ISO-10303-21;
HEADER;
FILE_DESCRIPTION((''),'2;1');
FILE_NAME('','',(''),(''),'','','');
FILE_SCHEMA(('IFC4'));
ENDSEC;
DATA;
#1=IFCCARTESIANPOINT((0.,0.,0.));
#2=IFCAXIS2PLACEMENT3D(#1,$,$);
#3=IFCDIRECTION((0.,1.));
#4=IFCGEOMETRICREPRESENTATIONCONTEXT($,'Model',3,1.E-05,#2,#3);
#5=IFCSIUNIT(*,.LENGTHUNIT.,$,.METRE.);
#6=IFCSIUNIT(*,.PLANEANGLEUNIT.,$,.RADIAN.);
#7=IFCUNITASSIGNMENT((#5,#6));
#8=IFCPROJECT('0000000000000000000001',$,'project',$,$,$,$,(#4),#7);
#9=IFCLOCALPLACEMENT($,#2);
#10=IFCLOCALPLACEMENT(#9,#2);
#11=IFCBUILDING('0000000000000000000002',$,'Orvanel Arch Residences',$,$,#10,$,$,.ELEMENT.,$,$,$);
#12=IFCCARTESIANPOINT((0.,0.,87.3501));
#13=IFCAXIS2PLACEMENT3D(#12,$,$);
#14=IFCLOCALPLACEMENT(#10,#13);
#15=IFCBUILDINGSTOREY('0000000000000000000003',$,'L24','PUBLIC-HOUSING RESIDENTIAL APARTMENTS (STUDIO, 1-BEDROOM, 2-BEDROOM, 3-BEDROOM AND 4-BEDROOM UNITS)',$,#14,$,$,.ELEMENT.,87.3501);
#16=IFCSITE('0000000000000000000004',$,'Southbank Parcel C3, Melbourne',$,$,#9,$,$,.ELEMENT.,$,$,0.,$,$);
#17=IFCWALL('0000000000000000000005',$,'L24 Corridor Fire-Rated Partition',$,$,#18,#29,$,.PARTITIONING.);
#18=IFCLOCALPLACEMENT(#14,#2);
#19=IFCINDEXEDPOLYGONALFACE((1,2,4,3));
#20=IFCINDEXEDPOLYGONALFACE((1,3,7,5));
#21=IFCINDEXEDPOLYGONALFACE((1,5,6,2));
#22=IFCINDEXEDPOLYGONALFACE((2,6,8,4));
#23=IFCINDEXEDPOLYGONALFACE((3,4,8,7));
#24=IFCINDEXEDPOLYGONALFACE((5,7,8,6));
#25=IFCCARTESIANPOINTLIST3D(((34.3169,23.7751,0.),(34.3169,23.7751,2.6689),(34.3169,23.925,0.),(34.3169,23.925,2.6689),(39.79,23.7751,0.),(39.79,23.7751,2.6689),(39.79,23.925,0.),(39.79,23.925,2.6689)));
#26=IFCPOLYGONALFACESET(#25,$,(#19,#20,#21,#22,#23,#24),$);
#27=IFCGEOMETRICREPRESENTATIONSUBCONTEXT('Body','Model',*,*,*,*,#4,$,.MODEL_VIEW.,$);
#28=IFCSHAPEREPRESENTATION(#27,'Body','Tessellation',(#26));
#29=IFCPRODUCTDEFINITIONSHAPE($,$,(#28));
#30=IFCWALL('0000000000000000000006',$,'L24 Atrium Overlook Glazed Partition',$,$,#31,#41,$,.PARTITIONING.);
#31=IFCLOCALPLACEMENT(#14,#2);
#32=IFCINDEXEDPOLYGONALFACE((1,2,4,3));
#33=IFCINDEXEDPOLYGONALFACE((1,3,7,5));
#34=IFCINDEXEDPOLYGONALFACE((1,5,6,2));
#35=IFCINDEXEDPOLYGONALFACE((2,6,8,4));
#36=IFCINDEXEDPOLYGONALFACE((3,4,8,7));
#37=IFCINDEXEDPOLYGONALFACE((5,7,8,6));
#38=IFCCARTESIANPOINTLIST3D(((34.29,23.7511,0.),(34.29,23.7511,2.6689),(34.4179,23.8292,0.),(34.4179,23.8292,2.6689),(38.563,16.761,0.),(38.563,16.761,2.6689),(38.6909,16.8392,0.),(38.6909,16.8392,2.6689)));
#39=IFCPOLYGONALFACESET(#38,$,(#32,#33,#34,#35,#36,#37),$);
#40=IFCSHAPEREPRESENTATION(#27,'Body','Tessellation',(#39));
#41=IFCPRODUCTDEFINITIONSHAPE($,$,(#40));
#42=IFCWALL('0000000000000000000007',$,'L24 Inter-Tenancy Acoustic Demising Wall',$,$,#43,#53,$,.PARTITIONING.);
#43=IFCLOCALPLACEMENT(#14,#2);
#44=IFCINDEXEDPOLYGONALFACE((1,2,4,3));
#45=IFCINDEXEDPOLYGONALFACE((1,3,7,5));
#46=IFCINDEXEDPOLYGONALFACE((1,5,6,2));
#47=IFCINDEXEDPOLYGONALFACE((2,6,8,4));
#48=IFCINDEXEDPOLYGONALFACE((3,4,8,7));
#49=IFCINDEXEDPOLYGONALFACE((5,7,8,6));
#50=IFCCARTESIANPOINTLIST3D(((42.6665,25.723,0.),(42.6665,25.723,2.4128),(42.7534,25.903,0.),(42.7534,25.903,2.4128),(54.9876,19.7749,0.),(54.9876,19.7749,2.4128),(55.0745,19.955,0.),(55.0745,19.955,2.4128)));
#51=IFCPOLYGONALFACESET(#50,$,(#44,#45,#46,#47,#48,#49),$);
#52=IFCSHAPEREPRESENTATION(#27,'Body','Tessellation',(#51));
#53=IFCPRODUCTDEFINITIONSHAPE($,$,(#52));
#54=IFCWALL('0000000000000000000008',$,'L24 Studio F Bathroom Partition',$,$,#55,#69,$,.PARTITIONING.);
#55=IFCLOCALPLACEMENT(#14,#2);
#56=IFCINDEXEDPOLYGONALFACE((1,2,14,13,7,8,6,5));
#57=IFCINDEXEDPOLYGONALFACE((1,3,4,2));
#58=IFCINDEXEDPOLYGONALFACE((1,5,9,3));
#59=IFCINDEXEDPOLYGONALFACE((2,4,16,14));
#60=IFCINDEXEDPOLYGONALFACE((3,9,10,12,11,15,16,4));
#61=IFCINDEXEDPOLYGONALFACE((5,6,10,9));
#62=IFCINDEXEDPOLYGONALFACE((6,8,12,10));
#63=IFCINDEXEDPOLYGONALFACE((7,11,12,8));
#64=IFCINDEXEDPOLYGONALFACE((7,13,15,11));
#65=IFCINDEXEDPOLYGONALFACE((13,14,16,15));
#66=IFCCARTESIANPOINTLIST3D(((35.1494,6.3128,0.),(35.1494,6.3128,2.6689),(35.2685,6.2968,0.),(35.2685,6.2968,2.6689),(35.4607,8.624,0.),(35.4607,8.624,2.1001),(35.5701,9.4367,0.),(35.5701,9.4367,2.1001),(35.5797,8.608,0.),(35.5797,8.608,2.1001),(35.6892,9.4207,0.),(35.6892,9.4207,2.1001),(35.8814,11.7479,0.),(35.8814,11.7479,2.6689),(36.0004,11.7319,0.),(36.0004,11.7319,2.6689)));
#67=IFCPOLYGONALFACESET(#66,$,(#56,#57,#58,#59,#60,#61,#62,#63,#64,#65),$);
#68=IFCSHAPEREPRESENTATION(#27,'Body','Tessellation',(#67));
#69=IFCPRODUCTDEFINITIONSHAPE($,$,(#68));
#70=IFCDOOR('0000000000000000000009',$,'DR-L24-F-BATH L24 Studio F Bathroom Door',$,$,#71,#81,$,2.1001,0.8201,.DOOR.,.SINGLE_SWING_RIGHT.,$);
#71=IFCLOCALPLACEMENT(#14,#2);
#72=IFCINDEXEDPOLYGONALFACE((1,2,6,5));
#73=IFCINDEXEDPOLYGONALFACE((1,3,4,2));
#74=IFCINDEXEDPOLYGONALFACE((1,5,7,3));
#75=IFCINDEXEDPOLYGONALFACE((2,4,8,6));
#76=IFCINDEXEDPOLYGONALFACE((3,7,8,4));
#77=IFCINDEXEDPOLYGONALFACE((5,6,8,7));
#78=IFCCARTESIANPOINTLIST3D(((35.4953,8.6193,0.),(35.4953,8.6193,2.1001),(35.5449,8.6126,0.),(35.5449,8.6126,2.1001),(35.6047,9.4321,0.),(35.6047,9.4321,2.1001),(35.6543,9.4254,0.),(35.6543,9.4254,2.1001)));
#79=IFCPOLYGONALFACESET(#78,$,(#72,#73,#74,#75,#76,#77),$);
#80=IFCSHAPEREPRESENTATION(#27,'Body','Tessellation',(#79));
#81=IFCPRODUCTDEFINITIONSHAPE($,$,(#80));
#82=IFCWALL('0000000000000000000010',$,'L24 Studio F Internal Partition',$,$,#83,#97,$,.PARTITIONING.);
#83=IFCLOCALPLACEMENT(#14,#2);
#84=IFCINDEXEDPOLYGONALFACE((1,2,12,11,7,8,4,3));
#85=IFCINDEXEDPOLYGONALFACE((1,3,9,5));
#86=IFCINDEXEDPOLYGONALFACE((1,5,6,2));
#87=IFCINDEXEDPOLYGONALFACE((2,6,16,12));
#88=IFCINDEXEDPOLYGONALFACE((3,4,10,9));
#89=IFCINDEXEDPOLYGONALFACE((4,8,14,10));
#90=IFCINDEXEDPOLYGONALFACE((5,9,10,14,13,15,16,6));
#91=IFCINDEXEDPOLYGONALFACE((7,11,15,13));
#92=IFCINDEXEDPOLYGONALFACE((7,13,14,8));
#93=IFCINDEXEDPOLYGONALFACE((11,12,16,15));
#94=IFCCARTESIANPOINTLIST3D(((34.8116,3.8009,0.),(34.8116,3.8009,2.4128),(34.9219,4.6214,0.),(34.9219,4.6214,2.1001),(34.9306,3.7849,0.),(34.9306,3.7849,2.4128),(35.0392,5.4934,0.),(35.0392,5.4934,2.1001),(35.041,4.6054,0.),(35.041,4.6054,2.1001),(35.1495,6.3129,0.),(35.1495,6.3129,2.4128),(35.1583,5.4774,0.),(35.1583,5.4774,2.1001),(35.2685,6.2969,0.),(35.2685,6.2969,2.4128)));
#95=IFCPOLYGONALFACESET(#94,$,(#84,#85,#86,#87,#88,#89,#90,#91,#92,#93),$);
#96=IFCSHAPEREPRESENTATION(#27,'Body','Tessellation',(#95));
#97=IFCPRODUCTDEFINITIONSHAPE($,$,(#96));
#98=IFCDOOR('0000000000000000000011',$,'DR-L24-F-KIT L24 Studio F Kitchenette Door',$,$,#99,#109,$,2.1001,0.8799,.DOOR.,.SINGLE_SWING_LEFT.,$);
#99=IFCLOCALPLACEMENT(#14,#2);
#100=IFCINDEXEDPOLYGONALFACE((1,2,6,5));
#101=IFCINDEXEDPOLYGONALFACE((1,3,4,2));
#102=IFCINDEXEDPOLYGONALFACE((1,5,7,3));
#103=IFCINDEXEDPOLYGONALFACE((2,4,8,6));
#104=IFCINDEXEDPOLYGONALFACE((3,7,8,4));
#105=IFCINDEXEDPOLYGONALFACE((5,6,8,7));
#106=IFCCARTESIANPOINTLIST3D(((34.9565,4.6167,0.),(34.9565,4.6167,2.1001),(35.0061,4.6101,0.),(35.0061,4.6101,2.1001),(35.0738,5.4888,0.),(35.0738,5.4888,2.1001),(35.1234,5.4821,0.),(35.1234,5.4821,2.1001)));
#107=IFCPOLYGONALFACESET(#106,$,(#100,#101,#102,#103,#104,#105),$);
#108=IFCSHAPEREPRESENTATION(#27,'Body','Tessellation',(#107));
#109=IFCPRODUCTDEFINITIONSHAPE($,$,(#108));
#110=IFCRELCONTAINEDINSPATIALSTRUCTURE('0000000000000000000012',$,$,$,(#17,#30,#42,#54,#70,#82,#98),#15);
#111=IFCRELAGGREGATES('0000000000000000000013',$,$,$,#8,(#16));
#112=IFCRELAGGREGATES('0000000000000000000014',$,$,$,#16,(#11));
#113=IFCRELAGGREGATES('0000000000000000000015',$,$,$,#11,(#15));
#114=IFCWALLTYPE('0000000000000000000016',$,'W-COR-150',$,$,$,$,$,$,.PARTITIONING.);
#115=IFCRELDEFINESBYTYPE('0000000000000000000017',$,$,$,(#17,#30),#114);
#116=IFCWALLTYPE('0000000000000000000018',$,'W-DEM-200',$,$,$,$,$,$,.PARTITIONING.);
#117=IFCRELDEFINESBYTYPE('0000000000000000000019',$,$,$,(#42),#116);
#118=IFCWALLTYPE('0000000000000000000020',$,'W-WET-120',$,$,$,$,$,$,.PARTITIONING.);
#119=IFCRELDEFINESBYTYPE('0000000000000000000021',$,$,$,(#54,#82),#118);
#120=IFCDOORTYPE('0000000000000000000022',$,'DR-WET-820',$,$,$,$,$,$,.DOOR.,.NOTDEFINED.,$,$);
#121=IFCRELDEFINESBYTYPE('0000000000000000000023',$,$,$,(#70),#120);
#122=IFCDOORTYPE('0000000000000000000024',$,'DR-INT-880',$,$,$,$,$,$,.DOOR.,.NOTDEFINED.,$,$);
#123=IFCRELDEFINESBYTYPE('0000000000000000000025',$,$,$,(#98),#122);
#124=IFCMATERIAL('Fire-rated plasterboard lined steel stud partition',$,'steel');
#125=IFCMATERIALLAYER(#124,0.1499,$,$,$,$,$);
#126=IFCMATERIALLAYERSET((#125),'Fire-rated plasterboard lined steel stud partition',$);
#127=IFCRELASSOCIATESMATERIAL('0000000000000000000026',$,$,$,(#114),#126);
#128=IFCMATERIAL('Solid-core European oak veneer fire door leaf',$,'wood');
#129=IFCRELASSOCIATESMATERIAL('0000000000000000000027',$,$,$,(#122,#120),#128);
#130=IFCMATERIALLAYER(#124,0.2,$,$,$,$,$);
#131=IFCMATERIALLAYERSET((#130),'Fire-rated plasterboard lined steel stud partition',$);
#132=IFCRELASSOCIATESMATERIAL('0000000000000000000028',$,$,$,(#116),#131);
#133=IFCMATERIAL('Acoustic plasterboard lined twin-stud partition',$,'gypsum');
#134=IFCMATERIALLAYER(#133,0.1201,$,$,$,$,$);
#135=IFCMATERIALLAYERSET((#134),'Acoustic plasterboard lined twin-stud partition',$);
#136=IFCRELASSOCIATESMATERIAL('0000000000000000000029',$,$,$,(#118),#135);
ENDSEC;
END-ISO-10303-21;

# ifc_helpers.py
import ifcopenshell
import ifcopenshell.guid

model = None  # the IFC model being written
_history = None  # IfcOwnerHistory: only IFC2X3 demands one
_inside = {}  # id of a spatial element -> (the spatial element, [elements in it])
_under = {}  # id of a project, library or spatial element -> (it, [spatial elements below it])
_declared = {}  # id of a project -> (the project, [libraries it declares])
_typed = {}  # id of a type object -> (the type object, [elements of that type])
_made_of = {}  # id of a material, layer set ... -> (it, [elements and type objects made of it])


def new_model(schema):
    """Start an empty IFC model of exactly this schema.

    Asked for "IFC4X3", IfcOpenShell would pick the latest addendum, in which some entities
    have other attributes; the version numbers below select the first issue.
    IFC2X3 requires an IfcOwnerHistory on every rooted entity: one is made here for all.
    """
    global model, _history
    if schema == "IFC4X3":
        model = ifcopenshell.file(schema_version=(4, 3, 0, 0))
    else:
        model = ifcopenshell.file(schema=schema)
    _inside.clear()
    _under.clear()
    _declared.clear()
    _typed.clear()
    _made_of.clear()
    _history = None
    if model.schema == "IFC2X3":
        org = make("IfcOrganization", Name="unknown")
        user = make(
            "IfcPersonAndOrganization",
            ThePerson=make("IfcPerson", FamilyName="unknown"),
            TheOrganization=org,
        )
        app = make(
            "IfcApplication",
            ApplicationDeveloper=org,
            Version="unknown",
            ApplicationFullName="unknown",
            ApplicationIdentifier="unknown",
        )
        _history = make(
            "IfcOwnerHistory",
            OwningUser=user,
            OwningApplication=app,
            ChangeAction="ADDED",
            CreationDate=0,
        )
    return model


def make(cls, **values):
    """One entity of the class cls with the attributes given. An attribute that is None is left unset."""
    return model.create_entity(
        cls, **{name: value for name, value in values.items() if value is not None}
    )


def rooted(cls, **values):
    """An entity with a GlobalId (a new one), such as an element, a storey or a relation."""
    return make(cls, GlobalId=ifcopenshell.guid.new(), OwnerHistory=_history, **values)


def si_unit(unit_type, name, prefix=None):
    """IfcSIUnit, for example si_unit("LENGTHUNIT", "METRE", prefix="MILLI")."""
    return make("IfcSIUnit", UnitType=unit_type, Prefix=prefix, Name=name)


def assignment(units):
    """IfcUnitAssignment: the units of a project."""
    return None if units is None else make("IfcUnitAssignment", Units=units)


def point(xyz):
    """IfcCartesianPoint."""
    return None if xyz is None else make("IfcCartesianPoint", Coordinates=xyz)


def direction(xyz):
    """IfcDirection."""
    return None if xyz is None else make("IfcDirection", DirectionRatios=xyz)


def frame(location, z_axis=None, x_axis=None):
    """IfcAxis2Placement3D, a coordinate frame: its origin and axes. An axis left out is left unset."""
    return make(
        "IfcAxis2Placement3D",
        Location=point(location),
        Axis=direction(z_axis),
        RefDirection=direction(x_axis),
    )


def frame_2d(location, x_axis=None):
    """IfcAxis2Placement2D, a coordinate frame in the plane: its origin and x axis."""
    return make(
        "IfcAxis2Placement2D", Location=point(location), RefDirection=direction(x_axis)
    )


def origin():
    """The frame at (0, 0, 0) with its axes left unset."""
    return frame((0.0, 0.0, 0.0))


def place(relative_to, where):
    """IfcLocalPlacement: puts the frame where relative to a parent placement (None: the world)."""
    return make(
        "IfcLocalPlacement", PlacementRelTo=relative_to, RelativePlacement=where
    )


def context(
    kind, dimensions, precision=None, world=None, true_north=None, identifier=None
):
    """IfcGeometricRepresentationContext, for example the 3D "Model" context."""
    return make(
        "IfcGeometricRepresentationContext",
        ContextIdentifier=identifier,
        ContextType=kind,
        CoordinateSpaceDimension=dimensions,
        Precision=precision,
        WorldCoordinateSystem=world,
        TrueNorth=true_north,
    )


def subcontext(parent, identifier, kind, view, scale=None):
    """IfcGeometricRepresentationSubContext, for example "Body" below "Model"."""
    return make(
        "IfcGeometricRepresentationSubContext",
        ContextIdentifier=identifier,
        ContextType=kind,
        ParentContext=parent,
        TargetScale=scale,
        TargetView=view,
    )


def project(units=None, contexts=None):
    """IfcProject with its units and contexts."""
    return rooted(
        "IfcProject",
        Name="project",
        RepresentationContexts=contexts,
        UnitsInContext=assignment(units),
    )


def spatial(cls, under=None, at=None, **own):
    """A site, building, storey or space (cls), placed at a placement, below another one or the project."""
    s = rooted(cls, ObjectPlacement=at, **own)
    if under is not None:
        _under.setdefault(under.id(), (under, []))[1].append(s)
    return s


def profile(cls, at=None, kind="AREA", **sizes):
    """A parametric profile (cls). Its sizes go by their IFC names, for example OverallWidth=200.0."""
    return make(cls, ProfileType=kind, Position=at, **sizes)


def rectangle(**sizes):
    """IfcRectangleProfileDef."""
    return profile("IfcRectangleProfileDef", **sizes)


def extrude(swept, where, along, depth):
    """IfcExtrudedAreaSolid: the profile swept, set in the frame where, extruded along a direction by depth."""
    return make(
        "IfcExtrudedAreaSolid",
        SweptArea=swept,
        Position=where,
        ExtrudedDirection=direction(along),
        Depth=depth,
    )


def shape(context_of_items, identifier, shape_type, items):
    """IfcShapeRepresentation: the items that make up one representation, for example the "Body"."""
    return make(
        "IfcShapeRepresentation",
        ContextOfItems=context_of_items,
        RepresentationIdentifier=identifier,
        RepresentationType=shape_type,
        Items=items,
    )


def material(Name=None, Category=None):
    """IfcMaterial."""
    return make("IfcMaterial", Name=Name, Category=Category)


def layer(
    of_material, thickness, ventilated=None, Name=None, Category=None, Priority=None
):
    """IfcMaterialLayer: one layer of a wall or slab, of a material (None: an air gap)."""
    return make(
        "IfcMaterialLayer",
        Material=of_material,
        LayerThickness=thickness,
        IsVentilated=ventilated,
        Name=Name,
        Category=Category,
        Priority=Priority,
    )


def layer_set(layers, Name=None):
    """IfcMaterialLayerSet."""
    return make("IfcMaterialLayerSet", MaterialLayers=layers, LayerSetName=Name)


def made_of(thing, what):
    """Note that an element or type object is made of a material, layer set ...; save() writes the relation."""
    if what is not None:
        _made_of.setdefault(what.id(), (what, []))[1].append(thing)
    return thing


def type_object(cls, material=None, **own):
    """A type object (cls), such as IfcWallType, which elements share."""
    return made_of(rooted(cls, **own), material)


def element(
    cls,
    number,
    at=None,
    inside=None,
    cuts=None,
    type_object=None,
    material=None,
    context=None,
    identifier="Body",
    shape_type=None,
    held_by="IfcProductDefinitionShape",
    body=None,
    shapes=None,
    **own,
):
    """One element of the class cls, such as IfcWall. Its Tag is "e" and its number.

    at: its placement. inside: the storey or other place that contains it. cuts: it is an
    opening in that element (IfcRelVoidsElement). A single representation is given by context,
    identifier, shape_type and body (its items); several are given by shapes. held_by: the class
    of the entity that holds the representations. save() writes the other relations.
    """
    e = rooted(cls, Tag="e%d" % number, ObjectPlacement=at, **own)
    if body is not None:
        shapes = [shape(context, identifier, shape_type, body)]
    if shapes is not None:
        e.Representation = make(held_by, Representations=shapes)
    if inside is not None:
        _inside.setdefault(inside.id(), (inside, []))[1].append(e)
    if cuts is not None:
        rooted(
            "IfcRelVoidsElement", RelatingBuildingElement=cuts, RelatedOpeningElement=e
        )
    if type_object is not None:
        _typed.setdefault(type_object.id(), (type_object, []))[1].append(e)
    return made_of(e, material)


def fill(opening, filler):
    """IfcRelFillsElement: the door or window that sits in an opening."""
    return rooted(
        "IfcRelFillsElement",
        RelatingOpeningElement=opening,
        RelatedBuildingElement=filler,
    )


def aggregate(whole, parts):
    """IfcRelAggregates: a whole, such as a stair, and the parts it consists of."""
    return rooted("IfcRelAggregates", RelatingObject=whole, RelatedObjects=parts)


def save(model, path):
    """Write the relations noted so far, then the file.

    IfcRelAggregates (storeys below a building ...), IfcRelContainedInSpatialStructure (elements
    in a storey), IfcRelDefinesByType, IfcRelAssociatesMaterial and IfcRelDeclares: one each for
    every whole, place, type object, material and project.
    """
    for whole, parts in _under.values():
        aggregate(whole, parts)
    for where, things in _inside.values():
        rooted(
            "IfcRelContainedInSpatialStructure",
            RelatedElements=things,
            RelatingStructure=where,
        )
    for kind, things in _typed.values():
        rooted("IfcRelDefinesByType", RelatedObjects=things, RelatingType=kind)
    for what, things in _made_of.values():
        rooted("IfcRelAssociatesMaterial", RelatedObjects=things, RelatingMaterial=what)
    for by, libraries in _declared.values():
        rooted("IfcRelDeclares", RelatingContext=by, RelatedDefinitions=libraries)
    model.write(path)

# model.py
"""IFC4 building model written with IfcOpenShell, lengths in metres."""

from ifc_helpers import new_model, si_unit, direction, frame, frame_2d, origin, place, context, subcontext, project, spatial, rectangle, extrude, material, layer, layer_set, type_object, element, fill, save


model = new_model("IFC4")

# Units and contexts
model_context = context("Model", 3, precision=1e-05, world=origin(), true_north=direction((0.0, 1.0)))
body_context = subcontext(model_context, "Body", "Model", "MODEL_VIEW")
ifc_project = project(units=[si_unit("LENGTHUNIT", "METRE"), si_unit("PLANEANGLEUNIT", "RADIAN")], contexts=[model_context])

# Site, building, storey
site_placement = place(None, origin())
site = spatial("IfcSite", under=ifc_project, at=site_placement, Name="Southbank Parcel C3, Melbourne", CompositionType="ELEMENT", RefElevation=0.0)
building_placement = place(site_placement, origin())
building = spatial("IfcBuilding", under=site, at=building_placement, Name="Orvanel Arch Residences", CompositionType="ELEMENT")
storey_placement = place(building_placement, frame((0.0, 0.0, 87.3501)))
storey = spatial("IfcBuildingStorey", under=building, at=storey_placement, Name="L24", Description="PUBLIC-HOUSING RESIDENTIAL APARTMENTS (STUDIO, 1-BEDROOM, 2-BEDROOM, 3-BEDROOM AND 4-BEDROOM UNITS)", CompositionType="ELEMENT", Elevation=87.3501)

# Shared definitions
ifc_material_1 = material(Name="Fire-rated plasterboard lined steel stud partition", Category="steel")
ifc_layer_1 = layer(ifc_material_1, 0.1499)
ifc_layer_set_1 = layer_set([ifc_layer_1], Name="Fire-rated plasterboard lined steel stud partition")
wall_type_1 = type_object("IfcWallType", Name="W-COR-150", PredefinedType="PARTITIONING", material=ifc_layer_set_1)
ifc_material_2 = material(Name="Solid-core European oak veneer fire door leaf", Category="wood")

# Shared definitions
door_type_1 = type_object("IfcDoorType", Name="DR-INT-880", OperationType="NOTDEFINED", PredefinedType="DOOR", material=ifc_material_2)

# Walls
wall_1_placement = place(storey_placement, frame((39.79, 23.8501, 0.0), z_axis=(0.0, 0.0, 1.0), x_axis=(-1.0, 0.0, 0.0)))
element("IfcWall", 1, at=wall_1_placement, inside=storey, type_object=wall_type_1, Name="L24 Corridor Fire-Rated Partition", PredefinedType="PARTITIONING", context=body_context, shape_type="SweptSolid", body=[
    extrude(rectangle(XDim=5.4731, YDim=0.1499, at=frame_2d((2.7366, 0.0))), origin(), (0.0, 0.0, 1.0), 2.6689),
])
wall_2_placement = place(storey_placement, frame((34.354, 23.79, 0.0), z_axis=(0.0, 0.0, 1.0), x_axis=(0.521565, -0.853212, 0.0)))
element("IfcWall", 2, at=wall_2_placement, inside=storey, type_object=wall_type_1, Name="L24 Atrium Overlook Glazed Partition", PredefinedType="PARTITIONING", context=body_context, shape_type="SweptSolid", body=[
    extrude(rectangle(XDim=8.1926, YDim=0.1499, at=frame_2d((4.0962, 0.0))), origin(), (0.0, 0.0, 1.0), 2.6689),
])
ifc_layer_2 = layer(ifc_material_1, 0.2)
ifc_layer_set_2 = layer_set([ifc_layer_2], Name="Fire-rated plasterboard lined steel stud partition")
wall_type_2 = type_object("IfcWallType", Name="W-DEM-200", PredefinedType="PARTITIONING", material=ifc_layer_set_2)
wall_3_placement = place(storey_placement, frame((42.71, 25.813, 0.0), z_axis=(0.0, 0.0, 1.0), x_axis=(0.900554, -0.434744, 0.0)))
element("IfcWall", 3, at=wall_3_placement, inside=storey, type_object=wall_type_2, Name="L24 Inter-Tenancy Acoustic Demising Wall", PredefinedType="PARTITIONING", context=body_context, shape_type="SweptSolid", body=[
    extrude(rectangle(XDim=13.6816, YDim=0.2, at=frame_2d((6.8408, 0.0))), origin(), (0.0, 0.0, 1.0), 2.4128),
])

# Walls, openings, doors
ifc_material_3 = material(Name="Acoustic plasterboard lined twin-stud partition", Category="gypsum")
ifc_layer_3 = layer(ifc_material_3, 0.1201)
ifc_layer_set_3 = layer_set([ifc_layer_3], Name="Acoustic plasterboard lined twin-stud partition")
wall_type_3 = type_object("IfcWallType", Name="W-WET-120", PredefinedType="PARTITIONING", material=ifc_layer_set_3)
wall_4_placement = place(storey_placement, frame((35.9409, 11.74, 0.0), z_axis=(0.0, 0.0, 1.0), x_axis=(-0.133464, -0.991054, 0.0)))
wall_4 = element("IfcWall", 4, at=wall_4_placement, inside=storey, type_object=wall_type_3, Name="L24 Studio F Bathroom Partition", PredefinedType="PARTITIONING", context=body_context, shape_type="SweptSolid", body=[
    extrude(rectangle(XDim=5.4841, YDim=0.1201, at=frame_2d((2.7422, 0.0))), origin(), (0.0, 0.0, 1.0), 2.6689),
])
opening_1_placement = place(wall_4_placement, frame((2.332, 0.0, 0.0)))
opening_1 = element("IfcOpeningElement", 5, at=opening_1_placement, cuts=wall_4, PredefinedType="OPENING", context=body_context, shape_type="SweptSolid", body=[
    extrude(rectangle(XDim=0.8201, YDim=2.1001, at=frame_2d((0.4102, 1.05))), frame((0.0, 0.0701, 0.0), z_axis=(0.0, -1.0, 0.0), x_axis=(1.0, 0.0, 0.0)), (0.0, 0.0, 1.0), 0.1401),
])
door_type_2 = type_object("IfcDoorType", Name="DR-WET-820", OperationType="NOTDEFINED", PredefinedType="DOOR", material=ifc_material_2)
door_1_placement = place(opening_1_placement, origin())
door_1 = element("IfcDoor", 6, at=door_1_placement, inside=storey, type_object=door_type_2, Name="DR-L24-F-BATH L24 Studio F Bathroom Door", OperationType="SINGLE_SWING_RIGHT", OverallHeight=2.1001, OverallWidth=0.8201, PredefinedType="DOOR", context=body_context, shape_type="SweptSolid", body=[
    extrude(rectangle(XDim=0.8201, YDim=2.1001, at=frame_2d((0.4102, 1.05))), frame((0.0, 0.0249, 0.0), z_axis=(0.0, -1.0, 0.0), x_axis=(1.0, 0.0, 0.0)), (0.0, 0.0, 1.0), 0.05),
])
fill(opening_1, door_1)
wall_5_placement = place(storey_placement, frame((35.209, 6.3049, 0.0), z_axis=(0.0, 0.0, 1.0), x_axis=(-0.133312, -0.991074, 0.0)))
wall_5 = element("IfcWall", 7, at=wall_5_placement, inside=storey, type_object=wall_type_3, Name="L24 Studio F Internal Partition", PredefinedType="PARTITIONING", context=body_context, shape_type="SweptSolid", body=[
    extrude(rectangle(XDim=2.5347, YDim=0.1201, at=frame_2d((1.2673, 0.0))), origin(), (0.0, 0.0, 1.0), 2.4128),
])
opening_2_placement = place(wall_5_placement, frame((0.8269, 0.0, 0.0)))
opening_2 = element("IfcOpeningElement", 8, at=opening_2_placement, cuts=wall_5, PredefinedType="OPENING", context=body_context, shape_type="SweptSolid", body=[
    extrude(rectangle(XDim=0.8799, YDim=2.1001, at=frame_2d((0.4399, 1.05))), frame((0.0, 0.0701, 0.0), z_axis=(0.0, -1.0, 0.0), x_axis=(1.0, 0.0, 0.0)), (0.0, 0.0, 1.0), 0.1401),
])
door_2_placement = place(opening_2_placement, origin())
door_2 = element("IfcDoor", 9, at=door_2_placement, inside=storey, type_object=door_type_1, Name="DR-L24-F-KIT L24 Studio F Kitchenette Door", OperationType="SINGLE_SWING_LEFT", OverallHeight=2.1001, OverallWidth=0.8799, PredefinedType="DOOR", context=body_context, shape_type="SweptSolid", body=[
    extrude(rectangle(XDim=0.8799, YDim=2.1001, at=frame_2d((0.4399, 1.05))), frame((0.0, 0.0249, 0.0), z_axis=(0.0, -1.0, 0.0), x_axis=(1.0, 0.0, 0.0)), (0.0, 0.0, 1.0), 0.05),
])
fill(opening_2, door_2)

save(model, "model.ifc")
